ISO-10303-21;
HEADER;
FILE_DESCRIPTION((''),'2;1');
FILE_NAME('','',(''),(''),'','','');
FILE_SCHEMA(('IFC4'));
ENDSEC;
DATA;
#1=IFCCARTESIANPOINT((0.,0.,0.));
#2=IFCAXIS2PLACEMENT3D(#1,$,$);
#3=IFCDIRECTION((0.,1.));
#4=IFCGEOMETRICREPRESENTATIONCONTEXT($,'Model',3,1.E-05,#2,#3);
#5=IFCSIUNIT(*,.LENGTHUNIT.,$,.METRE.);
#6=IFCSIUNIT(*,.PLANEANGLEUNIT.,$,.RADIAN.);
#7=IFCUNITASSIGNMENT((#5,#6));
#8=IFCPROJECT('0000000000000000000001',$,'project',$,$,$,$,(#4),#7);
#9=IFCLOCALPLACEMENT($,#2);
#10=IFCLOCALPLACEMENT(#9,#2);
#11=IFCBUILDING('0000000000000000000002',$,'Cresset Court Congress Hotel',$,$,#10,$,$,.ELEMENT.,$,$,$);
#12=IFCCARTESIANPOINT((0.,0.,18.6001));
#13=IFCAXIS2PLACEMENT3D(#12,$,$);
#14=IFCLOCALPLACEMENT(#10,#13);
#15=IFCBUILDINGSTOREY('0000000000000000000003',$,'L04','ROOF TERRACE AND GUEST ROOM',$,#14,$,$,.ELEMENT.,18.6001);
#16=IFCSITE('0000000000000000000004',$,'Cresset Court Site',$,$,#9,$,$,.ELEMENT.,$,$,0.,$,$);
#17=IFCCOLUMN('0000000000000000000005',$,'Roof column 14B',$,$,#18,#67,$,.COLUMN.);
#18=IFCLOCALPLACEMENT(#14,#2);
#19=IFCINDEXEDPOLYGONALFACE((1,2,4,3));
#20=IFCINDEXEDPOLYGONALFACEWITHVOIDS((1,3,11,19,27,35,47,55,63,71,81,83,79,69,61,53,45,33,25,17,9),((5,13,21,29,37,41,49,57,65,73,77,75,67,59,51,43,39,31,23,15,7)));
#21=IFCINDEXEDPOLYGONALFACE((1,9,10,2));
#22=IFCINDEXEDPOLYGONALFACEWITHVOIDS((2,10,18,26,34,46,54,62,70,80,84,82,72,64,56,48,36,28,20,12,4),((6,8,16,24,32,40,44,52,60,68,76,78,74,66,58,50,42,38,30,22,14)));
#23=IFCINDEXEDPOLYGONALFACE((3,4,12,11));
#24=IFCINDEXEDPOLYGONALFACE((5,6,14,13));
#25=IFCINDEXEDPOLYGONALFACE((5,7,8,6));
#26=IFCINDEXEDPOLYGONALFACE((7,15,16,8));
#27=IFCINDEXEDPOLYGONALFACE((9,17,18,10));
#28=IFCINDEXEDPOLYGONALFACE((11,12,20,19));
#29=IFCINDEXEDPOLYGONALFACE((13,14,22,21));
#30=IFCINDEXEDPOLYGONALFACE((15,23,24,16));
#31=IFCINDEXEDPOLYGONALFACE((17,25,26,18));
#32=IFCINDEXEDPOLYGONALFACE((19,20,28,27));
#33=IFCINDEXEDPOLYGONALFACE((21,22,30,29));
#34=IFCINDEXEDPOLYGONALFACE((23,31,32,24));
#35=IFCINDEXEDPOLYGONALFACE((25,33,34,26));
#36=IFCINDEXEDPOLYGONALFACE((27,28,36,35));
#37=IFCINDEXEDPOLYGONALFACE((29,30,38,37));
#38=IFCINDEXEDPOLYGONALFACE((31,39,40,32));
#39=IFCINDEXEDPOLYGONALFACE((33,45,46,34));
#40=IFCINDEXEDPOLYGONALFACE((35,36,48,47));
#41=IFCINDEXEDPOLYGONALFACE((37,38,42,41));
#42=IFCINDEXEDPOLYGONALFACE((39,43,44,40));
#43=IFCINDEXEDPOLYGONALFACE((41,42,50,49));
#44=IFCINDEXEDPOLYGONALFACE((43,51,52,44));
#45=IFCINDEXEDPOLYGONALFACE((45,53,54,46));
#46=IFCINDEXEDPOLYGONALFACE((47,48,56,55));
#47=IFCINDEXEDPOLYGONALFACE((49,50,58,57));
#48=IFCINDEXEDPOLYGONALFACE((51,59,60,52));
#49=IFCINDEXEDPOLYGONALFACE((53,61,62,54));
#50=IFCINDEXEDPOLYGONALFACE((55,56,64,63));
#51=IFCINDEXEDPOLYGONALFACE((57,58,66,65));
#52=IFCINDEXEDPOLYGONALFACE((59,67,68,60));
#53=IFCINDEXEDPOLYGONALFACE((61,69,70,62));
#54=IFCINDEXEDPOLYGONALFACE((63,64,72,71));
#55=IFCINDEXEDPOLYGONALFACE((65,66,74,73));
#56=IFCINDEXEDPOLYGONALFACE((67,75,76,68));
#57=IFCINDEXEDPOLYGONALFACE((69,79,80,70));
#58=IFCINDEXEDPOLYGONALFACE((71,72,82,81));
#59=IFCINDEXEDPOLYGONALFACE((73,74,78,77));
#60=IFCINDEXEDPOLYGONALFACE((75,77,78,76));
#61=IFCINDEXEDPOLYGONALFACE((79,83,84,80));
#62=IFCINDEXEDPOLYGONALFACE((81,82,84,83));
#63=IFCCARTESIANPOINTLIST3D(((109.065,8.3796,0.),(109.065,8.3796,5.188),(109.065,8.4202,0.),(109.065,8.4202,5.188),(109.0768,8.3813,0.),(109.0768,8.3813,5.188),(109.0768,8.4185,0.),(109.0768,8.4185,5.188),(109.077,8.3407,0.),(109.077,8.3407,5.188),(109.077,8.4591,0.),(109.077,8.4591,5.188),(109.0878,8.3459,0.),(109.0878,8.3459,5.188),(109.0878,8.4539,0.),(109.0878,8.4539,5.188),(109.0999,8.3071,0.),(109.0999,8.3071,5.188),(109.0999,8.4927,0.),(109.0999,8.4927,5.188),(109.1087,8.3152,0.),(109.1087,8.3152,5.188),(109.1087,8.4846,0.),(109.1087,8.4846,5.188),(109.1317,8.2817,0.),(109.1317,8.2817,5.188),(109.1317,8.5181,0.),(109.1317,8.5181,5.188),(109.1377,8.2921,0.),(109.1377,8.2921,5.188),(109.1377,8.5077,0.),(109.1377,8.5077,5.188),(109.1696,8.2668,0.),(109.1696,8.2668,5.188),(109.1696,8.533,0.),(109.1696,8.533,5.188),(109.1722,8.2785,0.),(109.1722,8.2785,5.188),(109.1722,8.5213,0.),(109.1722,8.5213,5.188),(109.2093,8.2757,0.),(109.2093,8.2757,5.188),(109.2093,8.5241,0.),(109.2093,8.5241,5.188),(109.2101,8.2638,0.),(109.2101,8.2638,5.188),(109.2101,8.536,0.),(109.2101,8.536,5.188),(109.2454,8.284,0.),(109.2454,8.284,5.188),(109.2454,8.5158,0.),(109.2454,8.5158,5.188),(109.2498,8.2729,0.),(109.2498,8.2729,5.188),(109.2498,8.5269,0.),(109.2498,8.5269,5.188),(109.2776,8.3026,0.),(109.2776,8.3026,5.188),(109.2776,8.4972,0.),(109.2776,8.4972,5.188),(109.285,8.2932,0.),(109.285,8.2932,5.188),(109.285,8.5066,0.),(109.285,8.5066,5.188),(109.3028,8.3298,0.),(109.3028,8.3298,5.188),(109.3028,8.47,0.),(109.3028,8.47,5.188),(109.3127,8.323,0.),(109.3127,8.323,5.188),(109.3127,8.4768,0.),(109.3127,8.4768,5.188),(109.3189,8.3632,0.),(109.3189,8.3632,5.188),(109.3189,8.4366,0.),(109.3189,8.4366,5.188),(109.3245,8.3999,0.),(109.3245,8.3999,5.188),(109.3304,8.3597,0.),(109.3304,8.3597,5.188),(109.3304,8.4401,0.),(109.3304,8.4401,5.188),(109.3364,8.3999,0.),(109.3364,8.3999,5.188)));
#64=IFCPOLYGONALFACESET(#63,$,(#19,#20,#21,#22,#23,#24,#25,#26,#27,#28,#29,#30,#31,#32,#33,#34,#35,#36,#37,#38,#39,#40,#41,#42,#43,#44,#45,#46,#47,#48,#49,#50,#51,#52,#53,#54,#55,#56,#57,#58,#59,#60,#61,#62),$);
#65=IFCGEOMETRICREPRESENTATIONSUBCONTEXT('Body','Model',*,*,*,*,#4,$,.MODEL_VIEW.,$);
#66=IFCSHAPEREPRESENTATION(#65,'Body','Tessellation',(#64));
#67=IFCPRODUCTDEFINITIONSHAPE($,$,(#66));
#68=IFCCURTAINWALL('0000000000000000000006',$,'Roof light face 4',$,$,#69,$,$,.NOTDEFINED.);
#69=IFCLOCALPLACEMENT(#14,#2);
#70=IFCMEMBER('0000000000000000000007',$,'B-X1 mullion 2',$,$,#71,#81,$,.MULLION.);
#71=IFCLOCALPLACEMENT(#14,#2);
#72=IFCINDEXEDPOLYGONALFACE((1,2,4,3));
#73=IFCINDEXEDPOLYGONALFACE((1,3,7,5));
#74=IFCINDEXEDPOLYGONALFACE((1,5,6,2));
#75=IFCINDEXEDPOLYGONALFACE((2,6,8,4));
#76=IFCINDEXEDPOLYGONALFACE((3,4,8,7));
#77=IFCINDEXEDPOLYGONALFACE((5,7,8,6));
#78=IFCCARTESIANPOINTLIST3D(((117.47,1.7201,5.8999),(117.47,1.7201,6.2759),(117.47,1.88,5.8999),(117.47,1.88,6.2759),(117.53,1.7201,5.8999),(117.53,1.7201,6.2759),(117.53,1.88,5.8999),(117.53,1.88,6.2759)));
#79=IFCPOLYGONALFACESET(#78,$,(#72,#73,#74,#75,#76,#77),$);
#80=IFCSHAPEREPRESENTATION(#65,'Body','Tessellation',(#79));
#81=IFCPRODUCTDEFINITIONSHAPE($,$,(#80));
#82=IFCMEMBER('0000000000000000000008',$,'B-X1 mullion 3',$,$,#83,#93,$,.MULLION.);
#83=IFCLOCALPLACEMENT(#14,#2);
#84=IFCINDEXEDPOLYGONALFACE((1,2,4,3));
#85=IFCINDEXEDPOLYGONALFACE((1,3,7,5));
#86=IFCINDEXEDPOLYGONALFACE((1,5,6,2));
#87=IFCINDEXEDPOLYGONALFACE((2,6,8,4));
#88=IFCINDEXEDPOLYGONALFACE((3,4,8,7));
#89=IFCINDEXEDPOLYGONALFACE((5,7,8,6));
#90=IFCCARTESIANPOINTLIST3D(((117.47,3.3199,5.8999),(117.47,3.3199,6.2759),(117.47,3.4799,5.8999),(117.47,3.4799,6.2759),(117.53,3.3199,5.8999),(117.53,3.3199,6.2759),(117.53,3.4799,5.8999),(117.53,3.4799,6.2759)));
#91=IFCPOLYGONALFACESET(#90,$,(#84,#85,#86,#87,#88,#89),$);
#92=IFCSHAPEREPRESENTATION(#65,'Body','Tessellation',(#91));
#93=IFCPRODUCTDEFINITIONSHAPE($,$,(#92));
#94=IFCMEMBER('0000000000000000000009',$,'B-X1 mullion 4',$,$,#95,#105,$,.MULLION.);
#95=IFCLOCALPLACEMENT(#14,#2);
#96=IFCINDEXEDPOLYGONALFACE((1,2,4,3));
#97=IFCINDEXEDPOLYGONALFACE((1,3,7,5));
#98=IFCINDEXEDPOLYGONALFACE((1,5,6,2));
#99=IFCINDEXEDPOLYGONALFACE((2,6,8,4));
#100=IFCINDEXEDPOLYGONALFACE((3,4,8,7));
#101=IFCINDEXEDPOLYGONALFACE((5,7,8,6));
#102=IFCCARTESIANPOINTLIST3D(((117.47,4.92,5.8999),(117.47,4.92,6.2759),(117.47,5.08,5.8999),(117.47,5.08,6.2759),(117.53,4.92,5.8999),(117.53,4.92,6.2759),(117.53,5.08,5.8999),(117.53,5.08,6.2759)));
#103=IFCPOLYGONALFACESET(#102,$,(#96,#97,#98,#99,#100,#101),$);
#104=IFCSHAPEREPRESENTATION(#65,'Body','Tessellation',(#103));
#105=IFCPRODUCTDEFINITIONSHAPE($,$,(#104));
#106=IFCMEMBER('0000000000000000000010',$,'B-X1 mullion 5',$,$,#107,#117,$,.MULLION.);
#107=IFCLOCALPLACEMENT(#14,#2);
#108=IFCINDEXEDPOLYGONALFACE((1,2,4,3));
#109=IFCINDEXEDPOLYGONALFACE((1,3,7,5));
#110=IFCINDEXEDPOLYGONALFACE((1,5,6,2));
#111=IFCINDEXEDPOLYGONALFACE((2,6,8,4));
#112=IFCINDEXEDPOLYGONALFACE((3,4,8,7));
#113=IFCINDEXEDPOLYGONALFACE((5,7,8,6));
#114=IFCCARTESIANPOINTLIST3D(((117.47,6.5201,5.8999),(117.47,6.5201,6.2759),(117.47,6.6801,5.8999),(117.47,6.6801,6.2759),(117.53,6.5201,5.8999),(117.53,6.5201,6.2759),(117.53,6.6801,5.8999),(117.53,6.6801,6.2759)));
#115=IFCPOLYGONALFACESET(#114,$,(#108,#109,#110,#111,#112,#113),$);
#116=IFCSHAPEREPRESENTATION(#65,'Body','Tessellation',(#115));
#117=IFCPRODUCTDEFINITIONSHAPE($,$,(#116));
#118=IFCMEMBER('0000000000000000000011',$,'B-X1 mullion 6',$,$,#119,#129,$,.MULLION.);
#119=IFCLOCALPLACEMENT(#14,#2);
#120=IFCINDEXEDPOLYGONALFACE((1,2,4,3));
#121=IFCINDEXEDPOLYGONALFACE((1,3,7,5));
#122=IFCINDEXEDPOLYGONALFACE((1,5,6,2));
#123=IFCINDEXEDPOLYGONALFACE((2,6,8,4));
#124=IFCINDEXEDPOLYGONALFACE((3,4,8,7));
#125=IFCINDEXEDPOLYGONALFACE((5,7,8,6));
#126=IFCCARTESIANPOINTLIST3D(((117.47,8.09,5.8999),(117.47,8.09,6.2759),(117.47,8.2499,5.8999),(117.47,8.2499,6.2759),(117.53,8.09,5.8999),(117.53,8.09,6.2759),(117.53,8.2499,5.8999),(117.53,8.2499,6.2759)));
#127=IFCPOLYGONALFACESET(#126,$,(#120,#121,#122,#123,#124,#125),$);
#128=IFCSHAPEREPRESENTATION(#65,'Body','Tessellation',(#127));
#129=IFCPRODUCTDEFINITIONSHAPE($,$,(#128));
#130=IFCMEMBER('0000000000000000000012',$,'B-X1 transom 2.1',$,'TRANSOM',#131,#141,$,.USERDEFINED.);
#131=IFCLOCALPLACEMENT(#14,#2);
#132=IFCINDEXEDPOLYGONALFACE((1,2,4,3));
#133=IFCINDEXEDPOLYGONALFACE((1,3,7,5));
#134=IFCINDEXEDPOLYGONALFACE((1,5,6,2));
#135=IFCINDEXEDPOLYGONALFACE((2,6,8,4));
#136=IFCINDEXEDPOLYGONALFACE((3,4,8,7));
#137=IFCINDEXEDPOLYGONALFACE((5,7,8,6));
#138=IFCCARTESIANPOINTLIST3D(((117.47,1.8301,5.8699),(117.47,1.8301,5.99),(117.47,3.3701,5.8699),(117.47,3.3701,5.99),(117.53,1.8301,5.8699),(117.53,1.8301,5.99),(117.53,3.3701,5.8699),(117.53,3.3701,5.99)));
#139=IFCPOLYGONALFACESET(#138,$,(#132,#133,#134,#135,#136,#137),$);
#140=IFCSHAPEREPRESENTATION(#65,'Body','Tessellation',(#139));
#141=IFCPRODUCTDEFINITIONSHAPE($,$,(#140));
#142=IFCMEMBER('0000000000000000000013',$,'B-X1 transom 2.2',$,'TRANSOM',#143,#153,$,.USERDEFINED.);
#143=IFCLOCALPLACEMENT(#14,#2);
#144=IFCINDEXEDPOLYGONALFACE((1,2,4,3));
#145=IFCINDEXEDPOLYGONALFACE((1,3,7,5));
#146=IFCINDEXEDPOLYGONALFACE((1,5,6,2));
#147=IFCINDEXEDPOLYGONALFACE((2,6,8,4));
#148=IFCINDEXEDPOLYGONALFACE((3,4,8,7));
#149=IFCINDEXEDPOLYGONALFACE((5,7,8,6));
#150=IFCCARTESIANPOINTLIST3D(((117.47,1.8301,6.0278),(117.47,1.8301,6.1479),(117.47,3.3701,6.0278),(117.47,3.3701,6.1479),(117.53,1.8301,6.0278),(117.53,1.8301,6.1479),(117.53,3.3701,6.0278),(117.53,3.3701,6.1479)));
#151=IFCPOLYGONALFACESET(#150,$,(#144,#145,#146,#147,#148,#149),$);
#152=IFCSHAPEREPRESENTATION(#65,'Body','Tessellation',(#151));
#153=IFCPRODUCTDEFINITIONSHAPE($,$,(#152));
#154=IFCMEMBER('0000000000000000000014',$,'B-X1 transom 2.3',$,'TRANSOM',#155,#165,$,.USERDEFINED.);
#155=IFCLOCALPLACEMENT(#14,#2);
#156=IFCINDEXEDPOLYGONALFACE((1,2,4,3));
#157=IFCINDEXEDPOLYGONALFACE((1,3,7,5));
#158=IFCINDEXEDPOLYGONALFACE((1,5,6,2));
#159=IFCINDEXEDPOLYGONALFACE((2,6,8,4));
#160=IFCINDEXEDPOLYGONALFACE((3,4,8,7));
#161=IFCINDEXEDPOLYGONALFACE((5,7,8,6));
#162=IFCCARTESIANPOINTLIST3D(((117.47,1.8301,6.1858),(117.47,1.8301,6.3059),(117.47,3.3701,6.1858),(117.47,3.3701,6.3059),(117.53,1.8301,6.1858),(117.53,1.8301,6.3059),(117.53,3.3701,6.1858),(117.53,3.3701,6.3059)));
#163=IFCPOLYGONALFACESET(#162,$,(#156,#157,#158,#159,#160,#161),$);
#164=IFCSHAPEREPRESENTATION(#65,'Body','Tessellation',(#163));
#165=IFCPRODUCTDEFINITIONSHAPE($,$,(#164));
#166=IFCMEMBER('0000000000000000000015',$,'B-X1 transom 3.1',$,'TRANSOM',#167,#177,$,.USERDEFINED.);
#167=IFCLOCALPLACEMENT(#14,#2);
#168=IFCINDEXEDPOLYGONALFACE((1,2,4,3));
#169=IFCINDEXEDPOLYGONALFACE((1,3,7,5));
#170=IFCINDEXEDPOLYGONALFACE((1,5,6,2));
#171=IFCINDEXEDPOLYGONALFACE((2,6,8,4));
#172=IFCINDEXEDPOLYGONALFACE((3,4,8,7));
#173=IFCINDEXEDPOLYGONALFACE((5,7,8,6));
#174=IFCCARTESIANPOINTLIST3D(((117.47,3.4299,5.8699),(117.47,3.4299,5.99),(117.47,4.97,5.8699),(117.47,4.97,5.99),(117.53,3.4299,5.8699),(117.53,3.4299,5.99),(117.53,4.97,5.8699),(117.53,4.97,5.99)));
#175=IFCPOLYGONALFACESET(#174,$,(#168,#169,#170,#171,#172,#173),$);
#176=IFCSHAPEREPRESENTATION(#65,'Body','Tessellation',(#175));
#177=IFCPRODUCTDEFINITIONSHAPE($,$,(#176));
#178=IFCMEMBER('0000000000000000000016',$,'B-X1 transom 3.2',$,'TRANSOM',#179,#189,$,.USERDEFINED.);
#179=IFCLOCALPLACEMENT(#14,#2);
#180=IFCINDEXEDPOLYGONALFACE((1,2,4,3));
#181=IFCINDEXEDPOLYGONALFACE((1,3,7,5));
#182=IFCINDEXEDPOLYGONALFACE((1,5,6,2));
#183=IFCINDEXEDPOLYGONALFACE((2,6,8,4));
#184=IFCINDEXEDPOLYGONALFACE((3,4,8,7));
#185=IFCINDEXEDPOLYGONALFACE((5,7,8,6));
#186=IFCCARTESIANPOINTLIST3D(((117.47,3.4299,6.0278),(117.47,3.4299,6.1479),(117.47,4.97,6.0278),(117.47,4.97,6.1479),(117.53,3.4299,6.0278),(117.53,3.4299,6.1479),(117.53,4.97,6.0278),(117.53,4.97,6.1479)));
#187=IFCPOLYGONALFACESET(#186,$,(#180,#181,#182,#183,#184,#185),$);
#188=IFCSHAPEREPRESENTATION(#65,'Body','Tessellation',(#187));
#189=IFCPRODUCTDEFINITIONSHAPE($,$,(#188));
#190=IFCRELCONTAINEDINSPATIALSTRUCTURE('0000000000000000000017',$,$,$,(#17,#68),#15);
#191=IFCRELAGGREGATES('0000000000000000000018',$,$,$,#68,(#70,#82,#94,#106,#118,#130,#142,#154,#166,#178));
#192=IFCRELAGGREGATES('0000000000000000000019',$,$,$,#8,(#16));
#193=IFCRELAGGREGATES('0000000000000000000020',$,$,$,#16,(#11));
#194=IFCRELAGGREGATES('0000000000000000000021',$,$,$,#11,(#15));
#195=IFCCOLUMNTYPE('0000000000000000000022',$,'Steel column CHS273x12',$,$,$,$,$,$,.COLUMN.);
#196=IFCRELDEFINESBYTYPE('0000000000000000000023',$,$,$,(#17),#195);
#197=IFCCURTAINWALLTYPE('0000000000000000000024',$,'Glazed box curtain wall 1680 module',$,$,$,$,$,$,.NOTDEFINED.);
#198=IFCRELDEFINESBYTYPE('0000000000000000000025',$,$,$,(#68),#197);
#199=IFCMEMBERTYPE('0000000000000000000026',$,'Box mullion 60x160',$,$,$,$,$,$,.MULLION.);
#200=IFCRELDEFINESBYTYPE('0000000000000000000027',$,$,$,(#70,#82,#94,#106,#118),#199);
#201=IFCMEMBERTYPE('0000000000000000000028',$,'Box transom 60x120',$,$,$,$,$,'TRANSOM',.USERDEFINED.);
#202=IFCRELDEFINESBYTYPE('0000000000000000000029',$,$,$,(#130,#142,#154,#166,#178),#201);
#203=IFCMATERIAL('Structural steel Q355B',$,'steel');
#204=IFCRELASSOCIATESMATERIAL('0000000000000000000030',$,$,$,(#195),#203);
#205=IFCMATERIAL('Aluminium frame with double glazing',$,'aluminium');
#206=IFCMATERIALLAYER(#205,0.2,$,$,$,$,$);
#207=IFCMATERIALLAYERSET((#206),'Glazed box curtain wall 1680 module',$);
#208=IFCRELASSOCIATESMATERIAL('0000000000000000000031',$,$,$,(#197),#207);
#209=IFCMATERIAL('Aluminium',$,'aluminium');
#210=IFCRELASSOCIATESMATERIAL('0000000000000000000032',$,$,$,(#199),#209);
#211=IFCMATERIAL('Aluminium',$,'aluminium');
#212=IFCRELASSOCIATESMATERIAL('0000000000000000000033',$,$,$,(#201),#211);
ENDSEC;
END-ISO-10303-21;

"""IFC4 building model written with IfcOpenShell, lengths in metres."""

from ifc_helpers import new_model, si_unit, direction, frame, origin, origin_2d, place, context, subcontext, project, spatial, rectangle, hollow_circle, extrude, material, layer, layer_set, material_profile, profile_set, type_object, element, aggregate, save


model = new_model("IFC4")

# Units and contexts
model_context = context("Model", 3, precision=1e-05, world=origin(), true_north=direction((0.0, 1.0)))
body_context = subcontext(model_context, "Body", "Model", "MODEL_VIEW")
ifc_project = project(units=[si_unit("LENGTHUNIT", "METRE"), si_unit("PLANEANGLEUNIT", "RADIAN")], contexts=[model_context])

# Site, building, storey
site_placement = place(None, origin())
site = spatial("IfcSite", under=ifc_project, at=site_placement, Name="Cresset Court Site", CompositionType="ELEMENT", RefElevation=0.0)
building_placement = place(site_placement, origin())
building = spatial("IfcBuilding", under=site, at=building_placement, Name="Cresset Court Congress Hotel", CompositionType="ELEMENT")
storey_placement = place(building_placement, frame((0.0, 0.0, 18.6001)))
storey = spatial("IfcBuildingStorey", under=building, at=storey_placement, Name="L04", Description="ROOF TERRACE AND GUEST ROOM", CompositionType="ELEMENT", Elevation=18.6001)

# Column
ifc_material_1 = material(Name="Structural steel Q355B", Category="steel")
ifc_material_profile_1 = material_profile(ifc_material_1, hollow_circle(Radius=0.1365, WallThickness=0.012, at=origin_2d()), Name="CHS273x12")
ifc_profile_set_1 = profile_set([ifc_material_profile_1], Name="Structural steel Q355B")
column_type = type_object("IfcColumnType", Name="Steel column CHS273x12", PredefinedType="COLUMN", material=ifc_profile_set_1)
column_placement = place(storey_placement, frame((109.2, 8.3999, 0.0), z_axis=(0.0, 0.0, 1.0), x_axis=(1.0, 0.0, 0.0)))
element("IfcColumn", 1, at=column_placement, inside=storey, type_object=column_type, Name="Roof column 14B", PredefinedType="COLUMN", context=body_context, shape_type="SweptSolid", body=[
    extrude(hollow_circle(Radius=0.1365, WallThickness=0.012, at=origin_2d()), origin(), (0.0, 0.0, 1.0), 5.188),
])

# Curtain wall, members
ifc_material_2 = material(Name="Aluminium frame with double glazing", Category="aluminium")
ifc_layer_1 = layer(ifc_material_2, 0.2)
ifc_layer_set_1 = layer_set([ifc_layer_1], Name="Glazed box curtain wall 1680 module")
curtain_wall_type = type_object("IfcCurtainWallType", Name="Glazed box curtain wall 1680 module", PredefinedType="NOTDEFINED", material=ifc_layer_set_1)
curtain_wall_placement = place(storey_placement, origin())
curtain_wall = element("IfcCurtainWall", 2, at=curtain_wall_placement, inside=storey, type_object=curtain_wall_type, Name="Roof light face 4", PredefinedType="NOTDEFINED")
ifc_material_3 = material(Name="Aluminium", Category="aluminium")
ifc_material_profile_2 = material_profile(ifc_material_3, rectangle(XDim=0.0601, YDim=0.1599, at=origin_2d()), Name="Box mullion 60x160")
ifc_profile_set_2 = profile_set([ifc_material_profile_2], Name="Aluminium")
member_type_1 = type_object("IfcMemberType", Name="Box mullion 60x160", PredefinedType="MULLION", material=ifc_profile_set_2)
member_1_placement = place(storey_placement, frame((117.5, 1.8, 5.8999), z_axis=(0.0, 0.0, 1.0), x_axis=(-1.0, 0.0, 0.0)))
member_1 = element("IfcMember", 3, at=member_1_placement, type_object=member_type_1, Name="B-X1 mullion 2", PredefinedType="MULLION", context=body_context, shape_type="SweptSolid", body=[
    extrude(rectangle(XDim=0.0601, YDim=0.1599, at=origin_2d()), origin(), (0.0, 0.0, 1.0), 0.376),
])
member_2_placement = place(storey_placement, frame((117.5, 3.3999, 5.8999), z_axis=(0.0, 0.0, 1.0), x_axis=(-1.0, 0.0, 0.0)))
member_2 = element("IfcMember", 4, at=member_2_placement, type_object=member_type_1, Name="B-X1 mullion 3", PredefinedType="MULLION", context=body_context, shape_type="SweptSolid", body=[
    extrude(rectangle(XDim=0.0601, YDim=0.1599, at=origin_2d()), origin(), (0.0, 0.0, 1.0), 0.376),
])
member_3_placement = place(storey_placement, frame((117.5, 5.0, 5.8999), z_axis=(0.0, 0.0, 1.0), x_axis=(-1.0, 0.0, 0.0)))
member_3 = element("IfcMember", 5, at=member_3_placement, type_object=member_type_1, Name="B-X1 mullion 4", PredefinedType="MULLION", context=body_context, shape_type="SweptSolid", body=[
    extrude(rectangle(XDim=0.0601, YDim=0.1599, at=origin_2d()), origin(), (0.0, 0.0, 1.0), 0.376),
])
member_4_placement = place(storey_placement, frame((117.5, 6.6001, 5.8999), z_axis=(0.0, 0.0, 1.0), x_axis=(-1.0, 0.0, 0.0)))
member_4 = element("IfcMember", 6, at=member_4_placement, type_object=member_type_1, Name="B-X1 mullion 5", PredefinedType="MULLION", context=body_context, shape_type="SweptSolid", body=[
    extrude(rectangle(XDim=0.0601, YDim=0.1599, at=origin_2d()), origin(), (0.0, 0.0, 1.0), 0.376),
])
member_5_placement = place(storey_placement, frame((117.5, 8.1699, 5.8999), z_axis=(0.0, 0.0, 1.0), x_axis=(-1.0, 0.0, 0.0)))
member_5 = element("IfcMember", 7, at=member_5_placement, type_object=member_type_1, Name="B-X1 mullion 6", PredefinedType="MULLION", context=body_context, shape_type="SweptSolid", body=[
    extrude(rectangle(XDim=0.0601, YDim=0.1599, at=origin_2d()), origin(), (0.0, 0.0, 1.0), 0.376),
])
ifc_material_4 = material(Name="Aluminium", Category="aluminium")
ifc_material_profile_3 = material_profile(ifc_material_4, rectangle(XDim=0.0601, YDim=0.1201, at=origin_2d()), Name="Box transom 60x120")
ifc_profile_set_3 = profile_set([ifc_material_profile_3], Name="Aluminium")
member_type_2 = type_object("IfcMemberType", Name="Box transom 60x120", ElementType="TRANSOM", PredefinedType="USERDEFINED", material=ifc_profile_set_3)
member_6_placement = place(storey_placement, frame((117.5, 1.8301, 5.9299), z_axis=(0.0, 1.0, 0.0), x_axis=(-1.0, 0.0, 0.0)))
member_6 = element("IfcMember", 8, at=member_6_placement, type_object=member_type_2, Name="B-X1 transom 2.1", ObjectType="TRANSOM", PredefinedType="USERDEFINED", context=body_context, shape_type="SweptSolid", body=[
    extrude(rectangle(XDim=0.0601, YDim=0.1201, at=origin_2d()), origin(), (0.0, 0.0, 1.0), 1.54),
])
member_7_placement = place(storey_placement, frame((117.5, 1.8301, 6.0879), z_axis=(0.0, 1.0, 0.0), x_axis=(-1.0, 0.0, 0.0)))
member_7 = element("IfcMember", 9, at=member_7_placement, type_object=member_type_2, Name="B-X1 transom 2.2", ObjectType="TRANSOM", PredefinedType="USERDEFINED", context=body_context, shape_type="SweptSolid", body=[
    extrude(rectangle(XDim=0.0601, YDim=0.1201, at=origin_2d()), origin(), (0.0, 0.0, 1.0), 1.54),
])
member_8_placement = place(storey_placement, frame((117.5, 1.8301, 6.2458), z_axis=(0.0, 1.0, 0.0), x_axis=(-1.0, 0.0, 0.0)))
member_8 = element("IfcMember", 10, at=member_8_placement, type_object=member_type_2, Name="B-X1 transom 2.3", ObjectType="TRANSOM", PredefinedType="USERDEFINED", context=body_context, shape_type="SweptSolid", body=[
    extrude(rectangle(XDim=0.0601, YDim=0.1201, at=origin_2d()), origin(), (0.0, 0.0, 1.0), 1.54),
])
member_9_placement = place(storey_placement, frame((117.5, 3.4299, 5.9299), z_axis=(0.0, 1.0, 0.0), x_axis=(-1.0, 0.0, 0.0)))
member_9 = element("IfcMember", 11, at=member_9_placement, type_object=member_type_2, Name="B-X1 transom 3.1", ObjectType="TRANSOM", PredefinedType="USERDEFINED", context=body_context, shape_type="SweptSolid", body=[
    extrude(rectangle(XDim=0.0601, YDim=0.1201, at=origin_2d()), origin(), (0.0, 0.0, 1.0), 1.54),
])
member_10_placement = place(storey_placement, frame((117.5, 3.4299, 6.0879), z_axis=(0.0, 1.0, 0.0), x_axis=(-1.0, 0.0, 0.0)))
member_10 = element("IfcMember", 12, at=member_10_placement, type_object=member_type_2, Name="B-X1 transom 3.2", ObjectType="TRANSOM", PredefinedType="USERDEFINED", context=body_context, shape_type="SweptSolid", body=[
    extrude(rectangle(XDim=0.0601, YDim=0.1201, at=origin_2d()), origin(), (0.0, 0.0, 1.0), 1.54),
])
aggregate(curtain_wall, [member_1, member_2, member_3, member_4, member_5, member_6, member_7, member_8, member_9, member_10])

save(model, "model.ifc")
